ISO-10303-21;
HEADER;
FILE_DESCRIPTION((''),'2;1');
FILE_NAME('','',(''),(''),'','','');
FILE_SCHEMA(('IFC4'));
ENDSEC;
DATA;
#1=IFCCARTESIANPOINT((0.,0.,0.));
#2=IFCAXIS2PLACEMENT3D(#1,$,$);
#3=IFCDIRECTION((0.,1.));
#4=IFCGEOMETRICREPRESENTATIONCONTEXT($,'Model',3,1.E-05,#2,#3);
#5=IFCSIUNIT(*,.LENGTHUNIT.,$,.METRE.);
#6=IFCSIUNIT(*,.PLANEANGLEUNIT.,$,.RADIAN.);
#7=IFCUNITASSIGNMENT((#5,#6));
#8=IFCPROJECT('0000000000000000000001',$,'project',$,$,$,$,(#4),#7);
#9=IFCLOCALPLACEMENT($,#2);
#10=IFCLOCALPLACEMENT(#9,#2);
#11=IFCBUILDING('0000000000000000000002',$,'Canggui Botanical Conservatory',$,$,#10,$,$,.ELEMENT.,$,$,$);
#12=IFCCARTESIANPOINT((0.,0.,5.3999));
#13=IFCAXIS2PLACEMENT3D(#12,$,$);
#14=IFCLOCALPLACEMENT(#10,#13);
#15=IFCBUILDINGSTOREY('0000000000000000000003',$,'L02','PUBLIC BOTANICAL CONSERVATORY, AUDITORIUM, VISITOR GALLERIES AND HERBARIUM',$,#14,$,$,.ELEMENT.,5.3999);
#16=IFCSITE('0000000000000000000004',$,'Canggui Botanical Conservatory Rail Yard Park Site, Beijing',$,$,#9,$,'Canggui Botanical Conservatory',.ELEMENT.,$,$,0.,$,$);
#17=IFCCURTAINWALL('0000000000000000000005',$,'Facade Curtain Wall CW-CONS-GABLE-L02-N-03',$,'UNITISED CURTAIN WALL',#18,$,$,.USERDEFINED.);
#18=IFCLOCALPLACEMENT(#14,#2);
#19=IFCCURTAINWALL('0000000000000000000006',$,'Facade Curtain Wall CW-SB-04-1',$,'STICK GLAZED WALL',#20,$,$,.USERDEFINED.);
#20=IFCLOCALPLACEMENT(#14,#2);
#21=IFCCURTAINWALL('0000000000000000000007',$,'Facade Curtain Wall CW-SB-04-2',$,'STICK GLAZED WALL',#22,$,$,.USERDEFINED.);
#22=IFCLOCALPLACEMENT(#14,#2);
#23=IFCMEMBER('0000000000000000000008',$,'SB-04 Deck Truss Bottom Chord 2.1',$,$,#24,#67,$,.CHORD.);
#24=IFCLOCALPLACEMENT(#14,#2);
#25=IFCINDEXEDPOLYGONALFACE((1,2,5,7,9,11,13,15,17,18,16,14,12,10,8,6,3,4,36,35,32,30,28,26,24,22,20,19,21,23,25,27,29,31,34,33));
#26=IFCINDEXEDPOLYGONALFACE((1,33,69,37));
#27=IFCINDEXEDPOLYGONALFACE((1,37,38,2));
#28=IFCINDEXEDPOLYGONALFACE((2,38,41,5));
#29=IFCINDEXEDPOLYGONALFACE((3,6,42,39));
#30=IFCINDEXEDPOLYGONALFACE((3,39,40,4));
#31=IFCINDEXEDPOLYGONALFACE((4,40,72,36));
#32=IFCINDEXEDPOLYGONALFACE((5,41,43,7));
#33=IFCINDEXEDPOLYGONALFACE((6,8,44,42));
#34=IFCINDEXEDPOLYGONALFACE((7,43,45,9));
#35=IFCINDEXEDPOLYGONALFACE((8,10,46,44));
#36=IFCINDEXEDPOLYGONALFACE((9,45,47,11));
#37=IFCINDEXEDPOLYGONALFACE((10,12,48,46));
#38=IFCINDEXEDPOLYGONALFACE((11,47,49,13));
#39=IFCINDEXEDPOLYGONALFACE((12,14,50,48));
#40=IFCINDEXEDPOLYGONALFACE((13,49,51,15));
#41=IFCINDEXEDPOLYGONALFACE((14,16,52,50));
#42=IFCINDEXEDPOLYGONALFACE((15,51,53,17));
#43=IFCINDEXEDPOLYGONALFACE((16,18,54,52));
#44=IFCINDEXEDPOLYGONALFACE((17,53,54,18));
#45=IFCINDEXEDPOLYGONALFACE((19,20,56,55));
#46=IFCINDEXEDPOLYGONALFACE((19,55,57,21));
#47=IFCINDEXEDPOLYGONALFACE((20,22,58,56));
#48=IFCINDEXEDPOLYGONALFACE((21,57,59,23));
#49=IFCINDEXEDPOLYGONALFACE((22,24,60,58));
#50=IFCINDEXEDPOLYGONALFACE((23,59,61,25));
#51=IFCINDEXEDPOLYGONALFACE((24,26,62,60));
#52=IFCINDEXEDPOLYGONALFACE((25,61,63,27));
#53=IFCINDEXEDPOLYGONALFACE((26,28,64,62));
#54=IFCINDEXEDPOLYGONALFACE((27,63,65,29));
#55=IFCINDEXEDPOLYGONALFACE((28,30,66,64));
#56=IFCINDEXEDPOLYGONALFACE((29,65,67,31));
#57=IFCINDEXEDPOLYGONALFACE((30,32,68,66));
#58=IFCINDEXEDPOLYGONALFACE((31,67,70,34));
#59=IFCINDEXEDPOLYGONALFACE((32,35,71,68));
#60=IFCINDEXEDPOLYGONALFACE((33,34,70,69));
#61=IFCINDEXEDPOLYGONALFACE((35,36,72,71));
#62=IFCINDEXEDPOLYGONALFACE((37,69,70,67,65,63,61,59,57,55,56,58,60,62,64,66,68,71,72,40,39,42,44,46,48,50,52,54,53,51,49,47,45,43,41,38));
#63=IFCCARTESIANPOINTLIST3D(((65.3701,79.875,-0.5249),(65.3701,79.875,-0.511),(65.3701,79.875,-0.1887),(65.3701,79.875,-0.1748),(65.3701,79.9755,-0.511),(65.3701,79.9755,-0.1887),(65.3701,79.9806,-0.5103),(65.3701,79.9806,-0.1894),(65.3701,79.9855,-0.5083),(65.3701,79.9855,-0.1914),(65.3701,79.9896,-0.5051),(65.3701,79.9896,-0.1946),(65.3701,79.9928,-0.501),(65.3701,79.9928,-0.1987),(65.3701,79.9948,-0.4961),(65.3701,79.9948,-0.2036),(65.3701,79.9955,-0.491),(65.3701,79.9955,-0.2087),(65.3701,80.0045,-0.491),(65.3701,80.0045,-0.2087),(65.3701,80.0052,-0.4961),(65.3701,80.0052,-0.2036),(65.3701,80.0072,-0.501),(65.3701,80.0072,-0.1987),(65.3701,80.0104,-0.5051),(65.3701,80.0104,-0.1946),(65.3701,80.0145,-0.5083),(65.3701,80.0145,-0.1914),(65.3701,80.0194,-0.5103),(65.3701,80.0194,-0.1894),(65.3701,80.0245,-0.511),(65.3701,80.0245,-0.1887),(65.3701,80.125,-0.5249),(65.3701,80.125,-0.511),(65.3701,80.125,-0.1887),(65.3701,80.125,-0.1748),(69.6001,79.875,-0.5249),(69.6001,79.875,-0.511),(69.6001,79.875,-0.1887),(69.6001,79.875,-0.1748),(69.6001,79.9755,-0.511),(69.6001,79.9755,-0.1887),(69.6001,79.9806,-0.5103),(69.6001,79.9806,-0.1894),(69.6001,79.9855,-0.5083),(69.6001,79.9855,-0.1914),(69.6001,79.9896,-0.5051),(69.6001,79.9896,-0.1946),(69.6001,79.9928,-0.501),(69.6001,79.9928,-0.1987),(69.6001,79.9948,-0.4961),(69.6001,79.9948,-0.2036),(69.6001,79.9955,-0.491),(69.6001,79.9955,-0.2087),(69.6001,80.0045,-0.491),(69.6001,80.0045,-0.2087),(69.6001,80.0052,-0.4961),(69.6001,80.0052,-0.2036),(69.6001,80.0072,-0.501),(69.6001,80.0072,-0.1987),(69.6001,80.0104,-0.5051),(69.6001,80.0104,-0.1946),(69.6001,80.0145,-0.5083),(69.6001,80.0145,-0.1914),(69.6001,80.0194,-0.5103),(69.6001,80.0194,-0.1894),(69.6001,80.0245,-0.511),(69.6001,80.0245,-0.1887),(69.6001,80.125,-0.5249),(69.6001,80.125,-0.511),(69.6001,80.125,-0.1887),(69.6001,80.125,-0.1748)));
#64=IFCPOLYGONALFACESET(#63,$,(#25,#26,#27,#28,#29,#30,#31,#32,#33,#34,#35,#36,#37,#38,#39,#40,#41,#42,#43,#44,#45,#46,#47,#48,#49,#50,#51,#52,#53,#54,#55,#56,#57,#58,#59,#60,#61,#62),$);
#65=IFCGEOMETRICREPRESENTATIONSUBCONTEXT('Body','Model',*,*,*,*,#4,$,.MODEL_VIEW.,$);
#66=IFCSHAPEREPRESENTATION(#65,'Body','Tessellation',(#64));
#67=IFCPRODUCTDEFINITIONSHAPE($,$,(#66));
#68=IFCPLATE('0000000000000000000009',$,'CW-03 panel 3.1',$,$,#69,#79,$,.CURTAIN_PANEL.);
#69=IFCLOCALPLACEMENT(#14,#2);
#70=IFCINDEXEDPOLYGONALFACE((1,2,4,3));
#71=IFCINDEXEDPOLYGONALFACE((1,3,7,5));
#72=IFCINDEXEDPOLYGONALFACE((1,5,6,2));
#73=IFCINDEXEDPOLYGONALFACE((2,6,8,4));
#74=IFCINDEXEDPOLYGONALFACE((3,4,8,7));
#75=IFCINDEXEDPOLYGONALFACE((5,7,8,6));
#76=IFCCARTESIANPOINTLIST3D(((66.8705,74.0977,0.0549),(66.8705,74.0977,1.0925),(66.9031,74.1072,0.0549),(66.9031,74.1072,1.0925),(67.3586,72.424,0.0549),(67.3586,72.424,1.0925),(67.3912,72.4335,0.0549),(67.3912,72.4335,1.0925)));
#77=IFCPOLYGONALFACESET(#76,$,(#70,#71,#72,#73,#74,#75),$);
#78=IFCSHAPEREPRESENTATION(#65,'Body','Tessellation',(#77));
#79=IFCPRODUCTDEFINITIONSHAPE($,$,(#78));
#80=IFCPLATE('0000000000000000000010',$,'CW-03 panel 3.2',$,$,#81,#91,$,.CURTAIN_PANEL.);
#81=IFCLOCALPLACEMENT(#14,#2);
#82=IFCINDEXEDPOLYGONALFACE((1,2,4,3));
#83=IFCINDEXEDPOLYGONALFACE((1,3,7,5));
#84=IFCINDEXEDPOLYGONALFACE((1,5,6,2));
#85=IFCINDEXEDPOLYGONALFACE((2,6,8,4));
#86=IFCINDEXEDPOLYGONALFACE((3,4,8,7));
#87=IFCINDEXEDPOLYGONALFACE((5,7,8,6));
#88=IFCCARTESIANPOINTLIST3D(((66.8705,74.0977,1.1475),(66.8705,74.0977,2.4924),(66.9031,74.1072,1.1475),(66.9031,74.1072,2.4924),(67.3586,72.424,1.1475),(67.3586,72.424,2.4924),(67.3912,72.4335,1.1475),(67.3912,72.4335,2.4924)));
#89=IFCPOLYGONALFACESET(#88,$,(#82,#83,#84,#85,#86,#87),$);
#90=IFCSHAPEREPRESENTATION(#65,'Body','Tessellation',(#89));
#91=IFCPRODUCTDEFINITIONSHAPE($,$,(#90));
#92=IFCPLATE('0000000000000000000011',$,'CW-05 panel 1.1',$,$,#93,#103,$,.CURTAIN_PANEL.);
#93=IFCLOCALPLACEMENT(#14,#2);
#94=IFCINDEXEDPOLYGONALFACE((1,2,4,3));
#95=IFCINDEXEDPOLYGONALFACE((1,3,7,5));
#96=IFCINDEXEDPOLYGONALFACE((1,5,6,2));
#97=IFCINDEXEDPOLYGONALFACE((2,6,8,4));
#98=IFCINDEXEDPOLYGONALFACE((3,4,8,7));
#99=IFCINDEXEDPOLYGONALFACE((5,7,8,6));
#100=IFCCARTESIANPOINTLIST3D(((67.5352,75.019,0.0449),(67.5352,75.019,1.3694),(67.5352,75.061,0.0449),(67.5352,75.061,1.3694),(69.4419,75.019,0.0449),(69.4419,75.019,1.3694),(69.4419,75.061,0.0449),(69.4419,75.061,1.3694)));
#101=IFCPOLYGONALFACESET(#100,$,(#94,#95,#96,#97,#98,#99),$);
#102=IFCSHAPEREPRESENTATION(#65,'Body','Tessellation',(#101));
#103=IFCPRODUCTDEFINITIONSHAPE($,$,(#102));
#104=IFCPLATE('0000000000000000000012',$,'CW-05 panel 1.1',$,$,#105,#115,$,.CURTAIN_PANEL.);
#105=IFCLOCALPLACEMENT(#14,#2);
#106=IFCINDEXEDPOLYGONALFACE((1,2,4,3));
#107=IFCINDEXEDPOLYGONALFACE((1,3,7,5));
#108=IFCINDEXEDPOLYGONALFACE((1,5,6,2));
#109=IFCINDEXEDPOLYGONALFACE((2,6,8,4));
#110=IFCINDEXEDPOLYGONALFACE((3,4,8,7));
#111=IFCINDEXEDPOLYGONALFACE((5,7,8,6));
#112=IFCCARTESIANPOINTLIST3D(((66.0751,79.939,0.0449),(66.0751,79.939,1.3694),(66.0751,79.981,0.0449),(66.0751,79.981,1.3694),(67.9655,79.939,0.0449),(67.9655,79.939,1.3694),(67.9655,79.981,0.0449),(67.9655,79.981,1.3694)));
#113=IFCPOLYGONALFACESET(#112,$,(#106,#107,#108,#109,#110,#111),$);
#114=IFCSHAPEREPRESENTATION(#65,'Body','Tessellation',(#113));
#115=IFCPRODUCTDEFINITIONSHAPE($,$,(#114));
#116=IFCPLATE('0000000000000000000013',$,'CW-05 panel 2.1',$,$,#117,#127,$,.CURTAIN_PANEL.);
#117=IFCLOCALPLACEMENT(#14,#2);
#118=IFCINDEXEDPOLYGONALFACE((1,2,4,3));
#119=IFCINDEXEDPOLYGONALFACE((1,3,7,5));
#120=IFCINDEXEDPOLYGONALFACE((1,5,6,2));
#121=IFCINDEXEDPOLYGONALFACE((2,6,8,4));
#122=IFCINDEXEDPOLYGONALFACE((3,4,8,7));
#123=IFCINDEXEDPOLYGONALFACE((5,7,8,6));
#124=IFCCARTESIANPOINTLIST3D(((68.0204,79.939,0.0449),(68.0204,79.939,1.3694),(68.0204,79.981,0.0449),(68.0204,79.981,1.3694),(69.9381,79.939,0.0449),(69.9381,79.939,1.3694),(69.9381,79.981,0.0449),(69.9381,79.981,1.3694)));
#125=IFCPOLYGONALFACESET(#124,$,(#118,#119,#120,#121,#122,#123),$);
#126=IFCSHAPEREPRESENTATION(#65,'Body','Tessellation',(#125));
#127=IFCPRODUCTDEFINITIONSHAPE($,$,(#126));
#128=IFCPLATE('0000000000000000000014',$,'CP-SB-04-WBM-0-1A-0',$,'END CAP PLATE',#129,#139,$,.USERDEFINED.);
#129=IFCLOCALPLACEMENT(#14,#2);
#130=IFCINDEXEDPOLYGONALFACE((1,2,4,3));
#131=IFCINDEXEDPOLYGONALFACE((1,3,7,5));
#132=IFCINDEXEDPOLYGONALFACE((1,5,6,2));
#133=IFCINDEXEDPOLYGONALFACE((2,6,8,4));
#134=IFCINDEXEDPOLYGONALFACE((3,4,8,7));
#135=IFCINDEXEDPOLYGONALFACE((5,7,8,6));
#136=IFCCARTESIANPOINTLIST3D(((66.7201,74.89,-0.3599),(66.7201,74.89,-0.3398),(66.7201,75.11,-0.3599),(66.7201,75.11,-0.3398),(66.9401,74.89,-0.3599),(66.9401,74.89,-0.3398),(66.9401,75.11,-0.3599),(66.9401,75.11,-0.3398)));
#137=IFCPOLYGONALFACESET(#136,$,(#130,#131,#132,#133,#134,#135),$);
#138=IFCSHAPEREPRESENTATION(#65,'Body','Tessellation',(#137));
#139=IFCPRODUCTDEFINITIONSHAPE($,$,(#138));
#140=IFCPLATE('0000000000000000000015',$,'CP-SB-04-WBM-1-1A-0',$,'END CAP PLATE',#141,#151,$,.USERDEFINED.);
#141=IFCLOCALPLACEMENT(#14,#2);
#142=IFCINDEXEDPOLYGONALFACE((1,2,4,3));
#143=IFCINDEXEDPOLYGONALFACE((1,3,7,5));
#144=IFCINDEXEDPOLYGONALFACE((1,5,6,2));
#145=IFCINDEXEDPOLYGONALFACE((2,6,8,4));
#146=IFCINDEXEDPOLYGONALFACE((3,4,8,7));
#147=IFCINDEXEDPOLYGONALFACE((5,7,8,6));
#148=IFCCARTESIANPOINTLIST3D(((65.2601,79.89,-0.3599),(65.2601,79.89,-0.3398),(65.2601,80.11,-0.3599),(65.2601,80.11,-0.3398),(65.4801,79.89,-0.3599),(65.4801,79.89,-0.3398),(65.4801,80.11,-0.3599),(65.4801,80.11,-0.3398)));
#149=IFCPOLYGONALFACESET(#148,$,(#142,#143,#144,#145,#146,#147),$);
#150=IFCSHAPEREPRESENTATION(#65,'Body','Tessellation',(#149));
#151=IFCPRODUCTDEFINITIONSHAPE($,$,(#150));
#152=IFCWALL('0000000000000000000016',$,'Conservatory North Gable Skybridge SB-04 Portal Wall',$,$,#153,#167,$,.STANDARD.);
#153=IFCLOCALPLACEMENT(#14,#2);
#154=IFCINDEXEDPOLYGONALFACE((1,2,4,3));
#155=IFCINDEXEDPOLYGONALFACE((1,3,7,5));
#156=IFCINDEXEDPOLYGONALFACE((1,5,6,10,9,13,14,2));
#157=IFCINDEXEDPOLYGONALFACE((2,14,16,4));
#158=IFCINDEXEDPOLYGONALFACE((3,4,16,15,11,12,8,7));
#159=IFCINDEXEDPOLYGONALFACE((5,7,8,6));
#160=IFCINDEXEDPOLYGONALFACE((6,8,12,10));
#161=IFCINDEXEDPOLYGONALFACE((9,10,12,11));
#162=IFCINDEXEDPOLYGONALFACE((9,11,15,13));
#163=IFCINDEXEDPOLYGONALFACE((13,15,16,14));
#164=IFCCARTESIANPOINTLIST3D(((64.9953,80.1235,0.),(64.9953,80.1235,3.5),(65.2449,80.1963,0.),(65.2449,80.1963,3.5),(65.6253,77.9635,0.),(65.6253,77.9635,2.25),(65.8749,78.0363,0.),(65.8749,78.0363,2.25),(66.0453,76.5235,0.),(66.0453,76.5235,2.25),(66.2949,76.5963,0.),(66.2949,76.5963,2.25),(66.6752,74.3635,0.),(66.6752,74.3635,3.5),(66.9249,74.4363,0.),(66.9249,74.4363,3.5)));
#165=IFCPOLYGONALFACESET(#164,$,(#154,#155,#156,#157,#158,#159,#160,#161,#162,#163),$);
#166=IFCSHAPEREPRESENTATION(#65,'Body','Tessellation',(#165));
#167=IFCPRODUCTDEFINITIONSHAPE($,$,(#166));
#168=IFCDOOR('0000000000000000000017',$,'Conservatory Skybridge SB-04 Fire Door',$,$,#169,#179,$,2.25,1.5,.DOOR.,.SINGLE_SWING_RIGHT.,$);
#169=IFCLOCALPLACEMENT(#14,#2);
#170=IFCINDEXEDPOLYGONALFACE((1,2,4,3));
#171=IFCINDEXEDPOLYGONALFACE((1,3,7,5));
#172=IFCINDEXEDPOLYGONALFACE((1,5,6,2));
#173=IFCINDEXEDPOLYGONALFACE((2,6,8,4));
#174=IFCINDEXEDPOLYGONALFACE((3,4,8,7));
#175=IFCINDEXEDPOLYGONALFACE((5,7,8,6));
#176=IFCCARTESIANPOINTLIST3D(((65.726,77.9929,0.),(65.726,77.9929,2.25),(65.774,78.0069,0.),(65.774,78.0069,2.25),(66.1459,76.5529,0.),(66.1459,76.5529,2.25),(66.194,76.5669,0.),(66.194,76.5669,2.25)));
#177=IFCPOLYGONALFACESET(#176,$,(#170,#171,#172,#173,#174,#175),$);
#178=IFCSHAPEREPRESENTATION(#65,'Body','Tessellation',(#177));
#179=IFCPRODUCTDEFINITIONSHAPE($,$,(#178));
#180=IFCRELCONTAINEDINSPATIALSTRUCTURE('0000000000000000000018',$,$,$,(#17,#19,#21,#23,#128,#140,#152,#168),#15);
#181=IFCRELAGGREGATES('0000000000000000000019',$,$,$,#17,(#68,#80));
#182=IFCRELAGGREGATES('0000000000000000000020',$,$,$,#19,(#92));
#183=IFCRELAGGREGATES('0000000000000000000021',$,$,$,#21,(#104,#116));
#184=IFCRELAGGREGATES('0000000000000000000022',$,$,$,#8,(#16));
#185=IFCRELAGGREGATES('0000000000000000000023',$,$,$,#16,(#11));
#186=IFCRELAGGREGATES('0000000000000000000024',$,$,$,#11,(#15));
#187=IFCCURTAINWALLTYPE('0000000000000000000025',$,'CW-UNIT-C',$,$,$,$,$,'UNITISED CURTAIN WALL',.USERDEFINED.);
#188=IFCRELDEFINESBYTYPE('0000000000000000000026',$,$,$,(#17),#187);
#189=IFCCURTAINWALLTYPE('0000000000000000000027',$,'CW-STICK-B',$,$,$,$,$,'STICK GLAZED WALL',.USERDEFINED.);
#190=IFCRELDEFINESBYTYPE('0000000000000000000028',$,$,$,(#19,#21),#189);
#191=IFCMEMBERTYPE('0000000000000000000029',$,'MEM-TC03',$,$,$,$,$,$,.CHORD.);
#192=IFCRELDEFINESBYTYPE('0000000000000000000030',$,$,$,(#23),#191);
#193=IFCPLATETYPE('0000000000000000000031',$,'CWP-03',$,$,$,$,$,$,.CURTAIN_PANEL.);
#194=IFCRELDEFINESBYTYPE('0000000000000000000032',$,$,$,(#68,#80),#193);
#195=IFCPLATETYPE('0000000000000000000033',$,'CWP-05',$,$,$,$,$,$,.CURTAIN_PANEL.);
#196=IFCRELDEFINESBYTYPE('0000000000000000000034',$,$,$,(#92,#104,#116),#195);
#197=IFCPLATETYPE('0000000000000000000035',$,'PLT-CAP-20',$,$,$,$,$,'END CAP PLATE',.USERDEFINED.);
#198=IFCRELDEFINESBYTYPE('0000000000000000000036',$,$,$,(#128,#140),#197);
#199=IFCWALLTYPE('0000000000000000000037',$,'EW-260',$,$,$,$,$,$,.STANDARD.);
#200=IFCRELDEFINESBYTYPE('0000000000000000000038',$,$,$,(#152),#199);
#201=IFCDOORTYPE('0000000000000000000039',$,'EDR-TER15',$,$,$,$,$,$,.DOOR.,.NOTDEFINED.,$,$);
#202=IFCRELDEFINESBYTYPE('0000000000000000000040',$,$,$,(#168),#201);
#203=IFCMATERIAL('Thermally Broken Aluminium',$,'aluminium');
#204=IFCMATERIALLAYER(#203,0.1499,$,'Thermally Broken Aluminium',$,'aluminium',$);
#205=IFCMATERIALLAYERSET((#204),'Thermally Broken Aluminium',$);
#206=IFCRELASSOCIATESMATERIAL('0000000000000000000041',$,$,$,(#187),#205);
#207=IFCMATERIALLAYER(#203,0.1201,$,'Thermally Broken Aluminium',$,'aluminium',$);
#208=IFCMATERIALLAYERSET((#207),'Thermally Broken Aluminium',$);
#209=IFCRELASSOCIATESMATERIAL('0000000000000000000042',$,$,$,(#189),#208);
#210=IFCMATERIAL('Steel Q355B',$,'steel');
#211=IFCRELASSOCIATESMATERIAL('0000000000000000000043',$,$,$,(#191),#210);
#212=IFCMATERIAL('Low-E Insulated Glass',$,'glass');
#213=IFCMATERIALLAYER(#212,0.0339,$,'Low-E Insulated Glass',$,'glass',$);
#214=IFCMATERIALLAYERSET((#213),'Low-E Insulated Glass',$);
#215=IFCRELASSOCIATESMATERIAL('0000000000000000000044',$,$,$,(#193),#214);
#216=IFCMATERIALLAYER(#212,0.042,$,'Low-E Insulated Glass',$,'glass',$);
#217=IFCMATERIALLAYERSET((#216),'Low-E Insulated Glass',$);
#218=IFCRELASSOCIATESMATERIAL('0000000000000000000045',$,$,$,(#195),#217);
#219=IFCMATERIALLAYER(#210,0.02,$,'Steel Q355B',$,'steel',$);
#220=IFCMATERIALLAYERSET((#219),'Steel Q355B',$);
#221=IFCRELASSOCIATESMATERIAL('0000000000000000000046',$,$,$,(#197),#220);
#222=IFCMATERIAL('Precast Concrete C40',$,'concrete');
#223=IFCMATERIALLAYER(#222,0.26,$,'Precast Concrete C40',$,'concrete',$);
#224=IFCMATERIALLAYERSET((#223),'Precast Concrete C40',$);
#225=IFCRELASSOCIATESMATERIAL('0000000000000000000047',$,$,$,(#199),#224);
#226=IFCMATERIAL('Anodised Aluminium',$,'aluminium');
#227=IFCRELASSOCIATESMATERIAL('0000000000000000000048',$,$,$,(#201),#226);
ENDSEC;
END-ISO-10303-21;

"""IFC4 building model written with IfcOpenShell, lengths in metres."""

from ifc_helpers import new_model, si_unit, direction, frame, frame_2d, origin, origin_2d, place, context, subcontext, project, spatial, rectangle, i_section, extrude, material, layer, layer_set, material_profile, profile_set, type_object, element, fill, aggregate, save


model = new_model("IFC4")

# Units and contexts
model_context = context("Model", 3, precision=1e-05, world=origin(), true_north=direction((0.0, 1.0)))
body_context = subcontext(model_context, "Body", "Model", "MODEL_VIEW")
ifc_project = project(units=[si_unit("LENGTHUNIT", "METRE"), si_unit("PLANEANGLEUNIT", "RADIAN")], contexts=[model_context])

# Site, building, storey
site_placement = place(None, origin())
site = spatial("IfcSite", under=ifc_project, at=site_placement, Name="Canggui Botanical Conservatory Rail Yard Park Site, Beijing", LongName="Canggui Botanical Conservatory", CompositionType="ELEMENT", RefElevation=0.0)
building_placement = place(site_placement, origin())
building = spatial("IfcBuilding", under=site, at=building_placement, Name="Canggui Botanical Conservatory", CompositionType="ELEMENT")
storey_placement = place(building_placement, frame((0.0, 0.0, 5.3999)))
storey = spatial("IfcBuildingStorey", under=building, at=storey_placement, Name="L02", Description="PUBLIC BOTANICAL CONSERVATORY, AUDITORIUM, VISITOR GALLERIES AND HERBARIUM", CompositionType="ELEMENT", Elevation=5.3999)

# Shared definitions
ifc_material_1 = material(Name="Steel Q355B", Category="steel")

# Curtain wall
ifc_material_2 = material(Name="Thermally Broken Aluminium", Category="aluminium")
ifc_layer_1 = layer(ifc_material_2, 0.1499, Name="Thermally Broken Aluminium", Category="aluminium")
ifc_layer_set_1 = layer_set([ifc_layer_1], Name="Thermally Broken Aluminium")
curtain_wall_type_1 = type_object("IfcCurtainWallType", Name="CW-UNIT-C", ElementType="UNITISED CURTAIN WALL", PredefinedType="USERDEFINED", material=ifc_layer_set_1)
curtain_wall_1_placement = place(storey_placement, origin())
curtain_wall_1 = element("IfcCurtainWall", 1, at=curtain_wall_1_placement, inside=storey, type_object=curtain_wall_type_1, Name="Facade Curtain Wall CW-CONS-GABLE-L02-N-03", ObjectType="UNITISED CURTAIN WALL", PredefinedType="USERDEFINED")

# Curtain walls
ifc_layer_2 = layer(ifc_material_2, 0.1201, Name="Thermally Broken Aluminium", Category="aluminium")
ifc_layer_set_2 = layer_set([ifc_layer_2], Name="Thermally Broken Aluminium")
curtain_wall_type_2 = type_object("IfcCurtainWallType", Name="CW-STICK-B", ElementType="STICK GLAZED WALL", PredefinedType="USERDEFINED", material=ifc_layer_set_2)
curtain_wall_2_placement = place(storey_placement, origin())
curtain_wall_2 = element("IfcCurtainWall", 2, at=curtain_wall_2_placement, inside=storey, type_object=curtain_wall_type_2, Name="Facade Curtain Wall CW-SB-04-1", ObjectType="STICK GLAZED WALL", PredefinedType="USERDEFINED")
curtain_wall_3_placement = place(storey_placement, origin())
curtain_wall_3 = element("IfcCurtainWall", 3, at=curtain_wall_3_placement, inside=storey, type_object=curtain_wall_type_2, Name="Facade Curtain Wall CW-SB-04-2", ObjectType="STICK GLAZED WALL", PredefinedType="USERDEFINED")

# Member
ifc_material_profile_1 = material_profile(ifc_material_1, i_section(OverallWidth=0.25, OverallDepth=0.3501, WebThickness=0.009, FlangeThickness=0.0139, FilletRadius=0.02, at=origin_2d()), Name="HM 350x250x9x14")
ifc_profile_set_1 = profile_set([ifc_material_profile_1], Name="Steel Q355B")
member_type_1 = type_object("IfcMemberType", Name="MEM-TC03", PredefinedType="CHORD", material=ifc_profile_set_1)
member_1_placement = place(storey_placement, frame((65.3701, 80.0, -0.3499), z_axis=(1.0, 0.0, 0.0), x_axis=(0.0, 1.0, 0.0)))
element("IfcMember", 4, at=member_1_placement, inside=storey, type_object=member_type_1, Name="SB-04 Deck Truss Bottom Chord 2.1", PredefinedType="CHORD", context=body_context, shape_type="SweptSolid", body=[
    extrude(i_section(OverallWidth=0.25, OverallDepth=0.3501, WebThickness=0.009, FlangeThickness=0.0139, FilletRadius=0.02, at=origin_2d()), origin(), (0.0, 0.0, 1.0), 4.23),
])

# Plates
ifc_material_3 = material(Name="Low-E Insulated Glass", Category="glass")
ifc_layer_3 = layer(ifc_material_3, 0.0339, Name="Low-E Insulated Glass", Category="glass")
ifc_layer_set_3 = layer_set([ifc_layer_3], Name="Low-E Insulated Glass")
plate_type_1 = type_object("IfcPlateType", Name="CWP-03", PredefinedType="CURTAIN_PANEL", material=ifc_layer_set_3)
plate_1_placement = place(storey_placement, frame((67.1309, 73.2656, 0.0549), z_axis=(0.0, 0.0, 1.0), x_axis=(-0.28, 0.96, 0.0)))
plate_1 = element("IfcPlate", 5, at=plate_1_placement, type_object=plate_type_1, Name="CW-03 panel 3.1", PredefinedType="CURTAIN_PANEL", context=body_context, shape_type="SweptSolid", body=[
    extrude(rectangle(XDim=1.7434, YDim=0.0339, at=origin_2d()), origin(), (0.0, 0.0, 1.0), 1.0376),
])
plate_2_placement = place(storey_placement, frame((67.1309, 73.2656, 1.1475), z_axis=(0.0, 0.0, 1.0), x_axis=(-0.28, 0.96, 0.0)))
plate_2 = element("IfcPlate", 6, at=plate_2_placement, type_object=plate_type_1, Name="CW-03 panel 3.2", PredefinedType="CURTAIN_PANEL", context=body_context, shape_type="SweptSolid", body=[
    extrude(rectangle(XDim=1.7434, YDim=0.0339, at=origin_2d()), origin(), (0.0, 0.0, 1.0), 1.345),
])
aggregate(curtain_wall_1, [plate_1, plate_2])
ifc_layer_4 = layer(ifc_material_3, 0.042, Name="Low-E Insulated Glass", Category="glass")
ifc_layer_set_4 = layer_set([ifc_layer_4], Name="Low-E Insulated Glass")
plate_type_2 = type_object("IfcPlateType", Name="CWP-05", PredefinedType="CURTAIN_PANEL", material=ifc_layer_set_4)
plate_3_placement = place(storey_placement, frame((68.4885, 75.04, 0.0449), z_axis=(0.0, 0.0, 1.0), x_axis=(1.0, 0.0, 0.0)))
plate_3 = element("IfcPlate", 7, at=plate_3_placement, type_object=plate_type_2, Name="CW-05 panel 1.1", PredefinedType="CURTAIN_PANEL", context=body_context, shape_type="SweptSolid", body=[
    extrude(rectangle(XDim=1.9067, YDim=0.042, at=origin_2d()), origin(), (0.0, 0.0, 1.0), 1.3245),
])
aggregate(curtain_wall_2, [plate_3])
plate_4_placement = place(storey_placement, frame((67.0203, 79.96, 0.0449), z_axis=(0.0, 0.0, 1.0), x_axis=(1.0, 0.0, 0.0)))
plate_4 = element("IfcPlate", 8, at=plate_4_placement, type_object=plate_type_2, Name="CW-05 panel 1.1", PredefinedType="CURTAIN_PANEL", context=body_context, shape_type="SweptSolid", body=[
    extrude(rectangle(XDim=1.8904, YDim=0.042, at=origin_2d()), origin(), (0.0, 0.0, 1.0), 1.3245),
])
plate_5_placement = place(storey_placement, frame((68.9792, 79.96, 0.0449), z_axis=(0.0, 0.0, 1.0), x_axis=(1.0, 0.0, 0.0)))
plate_5 = element("IfcPlate", 9, at=plate_5_placement, type_object=plate_type_2, Name="CW-05 panel 2.1", PredefinedType="CURTAIN_PANEL", context=body_context, shape_type="SweptSolid", body=[
    extrude(rectangle(XDim=1.9177, YDim=0.042, at=origin_2d()), origin(), (0.0, 0.0, 1.0), 1.3245),
])
aggregate(curtain_wall_3, [plate_4, plate_5])

# Plates
ifc_layer_5 = layer(ifc_material_1, 0.02, Name="Steel Q355B", Category="steel")
ifc_layer_set_5 = layer_set([ifc_layer_5], Name="Steel Q355B")
plate_type_3 = type_object("IfcPlateType", Name="PLT-CAP-20", ElementType="END CAP PLATE", PredefinedType="USERDEFINED", material=ifc_layer_set_5)
for number, where, z_axis, x_axis, name in (
    (10, (66.8301, 75.0, -0.3599), (0.0, 0.0, 1.0), (1.0, 0.0, 0.0), "CP-SB-04-WBM-0-1A-0"),
    (11, (65.3701, 80.0, -0.3599), (0.0, 0.0, 1.0), (1.0, 0.0, 0.0), "CP-SB-04-WBM-1-1A-0"),
):
    element("IfcPlate", number, at=place(storey_placement, frame(where, z_axis=z_axis, x_axis=x_axis)), inside=storey, type_object=plate_type_3, Name=name, ObjectType="END CAP PLATE", PredefinedType="USERDEFINED", context=body_context, shape_type="SweptSolid", body=[
        extrude(rectangle(XDim=0.22, YDim=0.22, at=origin_2d()), origin(), (0.0, 0.0, 1.0), 0.02),
    ])

# Wall, opening, door
ifc_material_4 = material(Name="Precast Concrete C40", Category="concrete")
ifc_layer_6 = layer(ifc_material_4, 0.26, Name="Precast Concrete C40", Category="concrete")
ifc_layer_set_6 = layer_set([ifc_layer_6], Name="Precast Concrete C40")
wall_type = type_object("IfcWallType", Name="EW-260", PredefinedType="STANDARD", material=ifc_layer_set_6)
wall_placement = place(storey_placement, frame((65.1201, 80.1599, 0.0), z_axis=(0.0, 0.0, 1.0), x_axis=(0.279989, -0.960003, 0.0)))
wall = element("IfcWall", 12, at=wall_placement, inside=storey, type_object=wall_type, Name="Conservatory North Gable Skybridge SB-04 Portal Wall", PredefinedType="STANDARD", context=body_context, shape_type="SweptSolid", body=[
    extrude(rectangle(XDim=6.0, YDim=0.26, at=frame_2d((3.0, 0.0))), origin(), (0.0, 0.0, 1.0), 3.5),
])
opening_placement = place(wall_placement, frame((2.25, 0.0, 0.0)))
opening = element("IfcOpeningElement", 13, at=opening_placement, cuts=wall, PredefinedType="OPENING", context=body_context, shape_type="SweptSolid", body=[
    extrude(rectangle(XDim=1.5, YDim=2.25, at=frame_2d((0.75, 1.125))), frame((0.0, 0.1401, 0.0), z_axis=(0.0, -1.0, 0.0), x_axis=(1.0, 0.0, 0.0)), (0.0, 0.0, 1.0), 0.28),
])
ifc_material_5 = material(Name="Anodised Aluminium", Category="aluminium")
door_type = type_object("IfcDoorType", Name="EDR-TER15", OperationType="NOTDEFINED", PredefinedType="DOOR", material=ifc_material_5)
door_placement = place(opening_placement, origin())
door = element("IfcDoor", 14, at=door_placement, inside=storey, type_object=door_type, Name="Conservatory Skybridge SB-04 Fire Door", OperationType="SINGLE_SWING_RIGHT", OverallHeight=2.25, OverallWidth=1.5, PredefinedType="DOOR", context=body_context, shape_type="SweptSolid", body=[
    extrude(rectangle(XDim=1.5, YDim=2.25, at=frame_2d((0.75, 1.125))), frame((0.0, 0.0249, 0.0), z_axis=(0.0, -1.0, 0.0), x_axis=(1.0, 0.0, 0.0)), (0.0, 0.0, 1.0), 0.05),
])
fill(opening, door)

save(model, "model.ifc")
